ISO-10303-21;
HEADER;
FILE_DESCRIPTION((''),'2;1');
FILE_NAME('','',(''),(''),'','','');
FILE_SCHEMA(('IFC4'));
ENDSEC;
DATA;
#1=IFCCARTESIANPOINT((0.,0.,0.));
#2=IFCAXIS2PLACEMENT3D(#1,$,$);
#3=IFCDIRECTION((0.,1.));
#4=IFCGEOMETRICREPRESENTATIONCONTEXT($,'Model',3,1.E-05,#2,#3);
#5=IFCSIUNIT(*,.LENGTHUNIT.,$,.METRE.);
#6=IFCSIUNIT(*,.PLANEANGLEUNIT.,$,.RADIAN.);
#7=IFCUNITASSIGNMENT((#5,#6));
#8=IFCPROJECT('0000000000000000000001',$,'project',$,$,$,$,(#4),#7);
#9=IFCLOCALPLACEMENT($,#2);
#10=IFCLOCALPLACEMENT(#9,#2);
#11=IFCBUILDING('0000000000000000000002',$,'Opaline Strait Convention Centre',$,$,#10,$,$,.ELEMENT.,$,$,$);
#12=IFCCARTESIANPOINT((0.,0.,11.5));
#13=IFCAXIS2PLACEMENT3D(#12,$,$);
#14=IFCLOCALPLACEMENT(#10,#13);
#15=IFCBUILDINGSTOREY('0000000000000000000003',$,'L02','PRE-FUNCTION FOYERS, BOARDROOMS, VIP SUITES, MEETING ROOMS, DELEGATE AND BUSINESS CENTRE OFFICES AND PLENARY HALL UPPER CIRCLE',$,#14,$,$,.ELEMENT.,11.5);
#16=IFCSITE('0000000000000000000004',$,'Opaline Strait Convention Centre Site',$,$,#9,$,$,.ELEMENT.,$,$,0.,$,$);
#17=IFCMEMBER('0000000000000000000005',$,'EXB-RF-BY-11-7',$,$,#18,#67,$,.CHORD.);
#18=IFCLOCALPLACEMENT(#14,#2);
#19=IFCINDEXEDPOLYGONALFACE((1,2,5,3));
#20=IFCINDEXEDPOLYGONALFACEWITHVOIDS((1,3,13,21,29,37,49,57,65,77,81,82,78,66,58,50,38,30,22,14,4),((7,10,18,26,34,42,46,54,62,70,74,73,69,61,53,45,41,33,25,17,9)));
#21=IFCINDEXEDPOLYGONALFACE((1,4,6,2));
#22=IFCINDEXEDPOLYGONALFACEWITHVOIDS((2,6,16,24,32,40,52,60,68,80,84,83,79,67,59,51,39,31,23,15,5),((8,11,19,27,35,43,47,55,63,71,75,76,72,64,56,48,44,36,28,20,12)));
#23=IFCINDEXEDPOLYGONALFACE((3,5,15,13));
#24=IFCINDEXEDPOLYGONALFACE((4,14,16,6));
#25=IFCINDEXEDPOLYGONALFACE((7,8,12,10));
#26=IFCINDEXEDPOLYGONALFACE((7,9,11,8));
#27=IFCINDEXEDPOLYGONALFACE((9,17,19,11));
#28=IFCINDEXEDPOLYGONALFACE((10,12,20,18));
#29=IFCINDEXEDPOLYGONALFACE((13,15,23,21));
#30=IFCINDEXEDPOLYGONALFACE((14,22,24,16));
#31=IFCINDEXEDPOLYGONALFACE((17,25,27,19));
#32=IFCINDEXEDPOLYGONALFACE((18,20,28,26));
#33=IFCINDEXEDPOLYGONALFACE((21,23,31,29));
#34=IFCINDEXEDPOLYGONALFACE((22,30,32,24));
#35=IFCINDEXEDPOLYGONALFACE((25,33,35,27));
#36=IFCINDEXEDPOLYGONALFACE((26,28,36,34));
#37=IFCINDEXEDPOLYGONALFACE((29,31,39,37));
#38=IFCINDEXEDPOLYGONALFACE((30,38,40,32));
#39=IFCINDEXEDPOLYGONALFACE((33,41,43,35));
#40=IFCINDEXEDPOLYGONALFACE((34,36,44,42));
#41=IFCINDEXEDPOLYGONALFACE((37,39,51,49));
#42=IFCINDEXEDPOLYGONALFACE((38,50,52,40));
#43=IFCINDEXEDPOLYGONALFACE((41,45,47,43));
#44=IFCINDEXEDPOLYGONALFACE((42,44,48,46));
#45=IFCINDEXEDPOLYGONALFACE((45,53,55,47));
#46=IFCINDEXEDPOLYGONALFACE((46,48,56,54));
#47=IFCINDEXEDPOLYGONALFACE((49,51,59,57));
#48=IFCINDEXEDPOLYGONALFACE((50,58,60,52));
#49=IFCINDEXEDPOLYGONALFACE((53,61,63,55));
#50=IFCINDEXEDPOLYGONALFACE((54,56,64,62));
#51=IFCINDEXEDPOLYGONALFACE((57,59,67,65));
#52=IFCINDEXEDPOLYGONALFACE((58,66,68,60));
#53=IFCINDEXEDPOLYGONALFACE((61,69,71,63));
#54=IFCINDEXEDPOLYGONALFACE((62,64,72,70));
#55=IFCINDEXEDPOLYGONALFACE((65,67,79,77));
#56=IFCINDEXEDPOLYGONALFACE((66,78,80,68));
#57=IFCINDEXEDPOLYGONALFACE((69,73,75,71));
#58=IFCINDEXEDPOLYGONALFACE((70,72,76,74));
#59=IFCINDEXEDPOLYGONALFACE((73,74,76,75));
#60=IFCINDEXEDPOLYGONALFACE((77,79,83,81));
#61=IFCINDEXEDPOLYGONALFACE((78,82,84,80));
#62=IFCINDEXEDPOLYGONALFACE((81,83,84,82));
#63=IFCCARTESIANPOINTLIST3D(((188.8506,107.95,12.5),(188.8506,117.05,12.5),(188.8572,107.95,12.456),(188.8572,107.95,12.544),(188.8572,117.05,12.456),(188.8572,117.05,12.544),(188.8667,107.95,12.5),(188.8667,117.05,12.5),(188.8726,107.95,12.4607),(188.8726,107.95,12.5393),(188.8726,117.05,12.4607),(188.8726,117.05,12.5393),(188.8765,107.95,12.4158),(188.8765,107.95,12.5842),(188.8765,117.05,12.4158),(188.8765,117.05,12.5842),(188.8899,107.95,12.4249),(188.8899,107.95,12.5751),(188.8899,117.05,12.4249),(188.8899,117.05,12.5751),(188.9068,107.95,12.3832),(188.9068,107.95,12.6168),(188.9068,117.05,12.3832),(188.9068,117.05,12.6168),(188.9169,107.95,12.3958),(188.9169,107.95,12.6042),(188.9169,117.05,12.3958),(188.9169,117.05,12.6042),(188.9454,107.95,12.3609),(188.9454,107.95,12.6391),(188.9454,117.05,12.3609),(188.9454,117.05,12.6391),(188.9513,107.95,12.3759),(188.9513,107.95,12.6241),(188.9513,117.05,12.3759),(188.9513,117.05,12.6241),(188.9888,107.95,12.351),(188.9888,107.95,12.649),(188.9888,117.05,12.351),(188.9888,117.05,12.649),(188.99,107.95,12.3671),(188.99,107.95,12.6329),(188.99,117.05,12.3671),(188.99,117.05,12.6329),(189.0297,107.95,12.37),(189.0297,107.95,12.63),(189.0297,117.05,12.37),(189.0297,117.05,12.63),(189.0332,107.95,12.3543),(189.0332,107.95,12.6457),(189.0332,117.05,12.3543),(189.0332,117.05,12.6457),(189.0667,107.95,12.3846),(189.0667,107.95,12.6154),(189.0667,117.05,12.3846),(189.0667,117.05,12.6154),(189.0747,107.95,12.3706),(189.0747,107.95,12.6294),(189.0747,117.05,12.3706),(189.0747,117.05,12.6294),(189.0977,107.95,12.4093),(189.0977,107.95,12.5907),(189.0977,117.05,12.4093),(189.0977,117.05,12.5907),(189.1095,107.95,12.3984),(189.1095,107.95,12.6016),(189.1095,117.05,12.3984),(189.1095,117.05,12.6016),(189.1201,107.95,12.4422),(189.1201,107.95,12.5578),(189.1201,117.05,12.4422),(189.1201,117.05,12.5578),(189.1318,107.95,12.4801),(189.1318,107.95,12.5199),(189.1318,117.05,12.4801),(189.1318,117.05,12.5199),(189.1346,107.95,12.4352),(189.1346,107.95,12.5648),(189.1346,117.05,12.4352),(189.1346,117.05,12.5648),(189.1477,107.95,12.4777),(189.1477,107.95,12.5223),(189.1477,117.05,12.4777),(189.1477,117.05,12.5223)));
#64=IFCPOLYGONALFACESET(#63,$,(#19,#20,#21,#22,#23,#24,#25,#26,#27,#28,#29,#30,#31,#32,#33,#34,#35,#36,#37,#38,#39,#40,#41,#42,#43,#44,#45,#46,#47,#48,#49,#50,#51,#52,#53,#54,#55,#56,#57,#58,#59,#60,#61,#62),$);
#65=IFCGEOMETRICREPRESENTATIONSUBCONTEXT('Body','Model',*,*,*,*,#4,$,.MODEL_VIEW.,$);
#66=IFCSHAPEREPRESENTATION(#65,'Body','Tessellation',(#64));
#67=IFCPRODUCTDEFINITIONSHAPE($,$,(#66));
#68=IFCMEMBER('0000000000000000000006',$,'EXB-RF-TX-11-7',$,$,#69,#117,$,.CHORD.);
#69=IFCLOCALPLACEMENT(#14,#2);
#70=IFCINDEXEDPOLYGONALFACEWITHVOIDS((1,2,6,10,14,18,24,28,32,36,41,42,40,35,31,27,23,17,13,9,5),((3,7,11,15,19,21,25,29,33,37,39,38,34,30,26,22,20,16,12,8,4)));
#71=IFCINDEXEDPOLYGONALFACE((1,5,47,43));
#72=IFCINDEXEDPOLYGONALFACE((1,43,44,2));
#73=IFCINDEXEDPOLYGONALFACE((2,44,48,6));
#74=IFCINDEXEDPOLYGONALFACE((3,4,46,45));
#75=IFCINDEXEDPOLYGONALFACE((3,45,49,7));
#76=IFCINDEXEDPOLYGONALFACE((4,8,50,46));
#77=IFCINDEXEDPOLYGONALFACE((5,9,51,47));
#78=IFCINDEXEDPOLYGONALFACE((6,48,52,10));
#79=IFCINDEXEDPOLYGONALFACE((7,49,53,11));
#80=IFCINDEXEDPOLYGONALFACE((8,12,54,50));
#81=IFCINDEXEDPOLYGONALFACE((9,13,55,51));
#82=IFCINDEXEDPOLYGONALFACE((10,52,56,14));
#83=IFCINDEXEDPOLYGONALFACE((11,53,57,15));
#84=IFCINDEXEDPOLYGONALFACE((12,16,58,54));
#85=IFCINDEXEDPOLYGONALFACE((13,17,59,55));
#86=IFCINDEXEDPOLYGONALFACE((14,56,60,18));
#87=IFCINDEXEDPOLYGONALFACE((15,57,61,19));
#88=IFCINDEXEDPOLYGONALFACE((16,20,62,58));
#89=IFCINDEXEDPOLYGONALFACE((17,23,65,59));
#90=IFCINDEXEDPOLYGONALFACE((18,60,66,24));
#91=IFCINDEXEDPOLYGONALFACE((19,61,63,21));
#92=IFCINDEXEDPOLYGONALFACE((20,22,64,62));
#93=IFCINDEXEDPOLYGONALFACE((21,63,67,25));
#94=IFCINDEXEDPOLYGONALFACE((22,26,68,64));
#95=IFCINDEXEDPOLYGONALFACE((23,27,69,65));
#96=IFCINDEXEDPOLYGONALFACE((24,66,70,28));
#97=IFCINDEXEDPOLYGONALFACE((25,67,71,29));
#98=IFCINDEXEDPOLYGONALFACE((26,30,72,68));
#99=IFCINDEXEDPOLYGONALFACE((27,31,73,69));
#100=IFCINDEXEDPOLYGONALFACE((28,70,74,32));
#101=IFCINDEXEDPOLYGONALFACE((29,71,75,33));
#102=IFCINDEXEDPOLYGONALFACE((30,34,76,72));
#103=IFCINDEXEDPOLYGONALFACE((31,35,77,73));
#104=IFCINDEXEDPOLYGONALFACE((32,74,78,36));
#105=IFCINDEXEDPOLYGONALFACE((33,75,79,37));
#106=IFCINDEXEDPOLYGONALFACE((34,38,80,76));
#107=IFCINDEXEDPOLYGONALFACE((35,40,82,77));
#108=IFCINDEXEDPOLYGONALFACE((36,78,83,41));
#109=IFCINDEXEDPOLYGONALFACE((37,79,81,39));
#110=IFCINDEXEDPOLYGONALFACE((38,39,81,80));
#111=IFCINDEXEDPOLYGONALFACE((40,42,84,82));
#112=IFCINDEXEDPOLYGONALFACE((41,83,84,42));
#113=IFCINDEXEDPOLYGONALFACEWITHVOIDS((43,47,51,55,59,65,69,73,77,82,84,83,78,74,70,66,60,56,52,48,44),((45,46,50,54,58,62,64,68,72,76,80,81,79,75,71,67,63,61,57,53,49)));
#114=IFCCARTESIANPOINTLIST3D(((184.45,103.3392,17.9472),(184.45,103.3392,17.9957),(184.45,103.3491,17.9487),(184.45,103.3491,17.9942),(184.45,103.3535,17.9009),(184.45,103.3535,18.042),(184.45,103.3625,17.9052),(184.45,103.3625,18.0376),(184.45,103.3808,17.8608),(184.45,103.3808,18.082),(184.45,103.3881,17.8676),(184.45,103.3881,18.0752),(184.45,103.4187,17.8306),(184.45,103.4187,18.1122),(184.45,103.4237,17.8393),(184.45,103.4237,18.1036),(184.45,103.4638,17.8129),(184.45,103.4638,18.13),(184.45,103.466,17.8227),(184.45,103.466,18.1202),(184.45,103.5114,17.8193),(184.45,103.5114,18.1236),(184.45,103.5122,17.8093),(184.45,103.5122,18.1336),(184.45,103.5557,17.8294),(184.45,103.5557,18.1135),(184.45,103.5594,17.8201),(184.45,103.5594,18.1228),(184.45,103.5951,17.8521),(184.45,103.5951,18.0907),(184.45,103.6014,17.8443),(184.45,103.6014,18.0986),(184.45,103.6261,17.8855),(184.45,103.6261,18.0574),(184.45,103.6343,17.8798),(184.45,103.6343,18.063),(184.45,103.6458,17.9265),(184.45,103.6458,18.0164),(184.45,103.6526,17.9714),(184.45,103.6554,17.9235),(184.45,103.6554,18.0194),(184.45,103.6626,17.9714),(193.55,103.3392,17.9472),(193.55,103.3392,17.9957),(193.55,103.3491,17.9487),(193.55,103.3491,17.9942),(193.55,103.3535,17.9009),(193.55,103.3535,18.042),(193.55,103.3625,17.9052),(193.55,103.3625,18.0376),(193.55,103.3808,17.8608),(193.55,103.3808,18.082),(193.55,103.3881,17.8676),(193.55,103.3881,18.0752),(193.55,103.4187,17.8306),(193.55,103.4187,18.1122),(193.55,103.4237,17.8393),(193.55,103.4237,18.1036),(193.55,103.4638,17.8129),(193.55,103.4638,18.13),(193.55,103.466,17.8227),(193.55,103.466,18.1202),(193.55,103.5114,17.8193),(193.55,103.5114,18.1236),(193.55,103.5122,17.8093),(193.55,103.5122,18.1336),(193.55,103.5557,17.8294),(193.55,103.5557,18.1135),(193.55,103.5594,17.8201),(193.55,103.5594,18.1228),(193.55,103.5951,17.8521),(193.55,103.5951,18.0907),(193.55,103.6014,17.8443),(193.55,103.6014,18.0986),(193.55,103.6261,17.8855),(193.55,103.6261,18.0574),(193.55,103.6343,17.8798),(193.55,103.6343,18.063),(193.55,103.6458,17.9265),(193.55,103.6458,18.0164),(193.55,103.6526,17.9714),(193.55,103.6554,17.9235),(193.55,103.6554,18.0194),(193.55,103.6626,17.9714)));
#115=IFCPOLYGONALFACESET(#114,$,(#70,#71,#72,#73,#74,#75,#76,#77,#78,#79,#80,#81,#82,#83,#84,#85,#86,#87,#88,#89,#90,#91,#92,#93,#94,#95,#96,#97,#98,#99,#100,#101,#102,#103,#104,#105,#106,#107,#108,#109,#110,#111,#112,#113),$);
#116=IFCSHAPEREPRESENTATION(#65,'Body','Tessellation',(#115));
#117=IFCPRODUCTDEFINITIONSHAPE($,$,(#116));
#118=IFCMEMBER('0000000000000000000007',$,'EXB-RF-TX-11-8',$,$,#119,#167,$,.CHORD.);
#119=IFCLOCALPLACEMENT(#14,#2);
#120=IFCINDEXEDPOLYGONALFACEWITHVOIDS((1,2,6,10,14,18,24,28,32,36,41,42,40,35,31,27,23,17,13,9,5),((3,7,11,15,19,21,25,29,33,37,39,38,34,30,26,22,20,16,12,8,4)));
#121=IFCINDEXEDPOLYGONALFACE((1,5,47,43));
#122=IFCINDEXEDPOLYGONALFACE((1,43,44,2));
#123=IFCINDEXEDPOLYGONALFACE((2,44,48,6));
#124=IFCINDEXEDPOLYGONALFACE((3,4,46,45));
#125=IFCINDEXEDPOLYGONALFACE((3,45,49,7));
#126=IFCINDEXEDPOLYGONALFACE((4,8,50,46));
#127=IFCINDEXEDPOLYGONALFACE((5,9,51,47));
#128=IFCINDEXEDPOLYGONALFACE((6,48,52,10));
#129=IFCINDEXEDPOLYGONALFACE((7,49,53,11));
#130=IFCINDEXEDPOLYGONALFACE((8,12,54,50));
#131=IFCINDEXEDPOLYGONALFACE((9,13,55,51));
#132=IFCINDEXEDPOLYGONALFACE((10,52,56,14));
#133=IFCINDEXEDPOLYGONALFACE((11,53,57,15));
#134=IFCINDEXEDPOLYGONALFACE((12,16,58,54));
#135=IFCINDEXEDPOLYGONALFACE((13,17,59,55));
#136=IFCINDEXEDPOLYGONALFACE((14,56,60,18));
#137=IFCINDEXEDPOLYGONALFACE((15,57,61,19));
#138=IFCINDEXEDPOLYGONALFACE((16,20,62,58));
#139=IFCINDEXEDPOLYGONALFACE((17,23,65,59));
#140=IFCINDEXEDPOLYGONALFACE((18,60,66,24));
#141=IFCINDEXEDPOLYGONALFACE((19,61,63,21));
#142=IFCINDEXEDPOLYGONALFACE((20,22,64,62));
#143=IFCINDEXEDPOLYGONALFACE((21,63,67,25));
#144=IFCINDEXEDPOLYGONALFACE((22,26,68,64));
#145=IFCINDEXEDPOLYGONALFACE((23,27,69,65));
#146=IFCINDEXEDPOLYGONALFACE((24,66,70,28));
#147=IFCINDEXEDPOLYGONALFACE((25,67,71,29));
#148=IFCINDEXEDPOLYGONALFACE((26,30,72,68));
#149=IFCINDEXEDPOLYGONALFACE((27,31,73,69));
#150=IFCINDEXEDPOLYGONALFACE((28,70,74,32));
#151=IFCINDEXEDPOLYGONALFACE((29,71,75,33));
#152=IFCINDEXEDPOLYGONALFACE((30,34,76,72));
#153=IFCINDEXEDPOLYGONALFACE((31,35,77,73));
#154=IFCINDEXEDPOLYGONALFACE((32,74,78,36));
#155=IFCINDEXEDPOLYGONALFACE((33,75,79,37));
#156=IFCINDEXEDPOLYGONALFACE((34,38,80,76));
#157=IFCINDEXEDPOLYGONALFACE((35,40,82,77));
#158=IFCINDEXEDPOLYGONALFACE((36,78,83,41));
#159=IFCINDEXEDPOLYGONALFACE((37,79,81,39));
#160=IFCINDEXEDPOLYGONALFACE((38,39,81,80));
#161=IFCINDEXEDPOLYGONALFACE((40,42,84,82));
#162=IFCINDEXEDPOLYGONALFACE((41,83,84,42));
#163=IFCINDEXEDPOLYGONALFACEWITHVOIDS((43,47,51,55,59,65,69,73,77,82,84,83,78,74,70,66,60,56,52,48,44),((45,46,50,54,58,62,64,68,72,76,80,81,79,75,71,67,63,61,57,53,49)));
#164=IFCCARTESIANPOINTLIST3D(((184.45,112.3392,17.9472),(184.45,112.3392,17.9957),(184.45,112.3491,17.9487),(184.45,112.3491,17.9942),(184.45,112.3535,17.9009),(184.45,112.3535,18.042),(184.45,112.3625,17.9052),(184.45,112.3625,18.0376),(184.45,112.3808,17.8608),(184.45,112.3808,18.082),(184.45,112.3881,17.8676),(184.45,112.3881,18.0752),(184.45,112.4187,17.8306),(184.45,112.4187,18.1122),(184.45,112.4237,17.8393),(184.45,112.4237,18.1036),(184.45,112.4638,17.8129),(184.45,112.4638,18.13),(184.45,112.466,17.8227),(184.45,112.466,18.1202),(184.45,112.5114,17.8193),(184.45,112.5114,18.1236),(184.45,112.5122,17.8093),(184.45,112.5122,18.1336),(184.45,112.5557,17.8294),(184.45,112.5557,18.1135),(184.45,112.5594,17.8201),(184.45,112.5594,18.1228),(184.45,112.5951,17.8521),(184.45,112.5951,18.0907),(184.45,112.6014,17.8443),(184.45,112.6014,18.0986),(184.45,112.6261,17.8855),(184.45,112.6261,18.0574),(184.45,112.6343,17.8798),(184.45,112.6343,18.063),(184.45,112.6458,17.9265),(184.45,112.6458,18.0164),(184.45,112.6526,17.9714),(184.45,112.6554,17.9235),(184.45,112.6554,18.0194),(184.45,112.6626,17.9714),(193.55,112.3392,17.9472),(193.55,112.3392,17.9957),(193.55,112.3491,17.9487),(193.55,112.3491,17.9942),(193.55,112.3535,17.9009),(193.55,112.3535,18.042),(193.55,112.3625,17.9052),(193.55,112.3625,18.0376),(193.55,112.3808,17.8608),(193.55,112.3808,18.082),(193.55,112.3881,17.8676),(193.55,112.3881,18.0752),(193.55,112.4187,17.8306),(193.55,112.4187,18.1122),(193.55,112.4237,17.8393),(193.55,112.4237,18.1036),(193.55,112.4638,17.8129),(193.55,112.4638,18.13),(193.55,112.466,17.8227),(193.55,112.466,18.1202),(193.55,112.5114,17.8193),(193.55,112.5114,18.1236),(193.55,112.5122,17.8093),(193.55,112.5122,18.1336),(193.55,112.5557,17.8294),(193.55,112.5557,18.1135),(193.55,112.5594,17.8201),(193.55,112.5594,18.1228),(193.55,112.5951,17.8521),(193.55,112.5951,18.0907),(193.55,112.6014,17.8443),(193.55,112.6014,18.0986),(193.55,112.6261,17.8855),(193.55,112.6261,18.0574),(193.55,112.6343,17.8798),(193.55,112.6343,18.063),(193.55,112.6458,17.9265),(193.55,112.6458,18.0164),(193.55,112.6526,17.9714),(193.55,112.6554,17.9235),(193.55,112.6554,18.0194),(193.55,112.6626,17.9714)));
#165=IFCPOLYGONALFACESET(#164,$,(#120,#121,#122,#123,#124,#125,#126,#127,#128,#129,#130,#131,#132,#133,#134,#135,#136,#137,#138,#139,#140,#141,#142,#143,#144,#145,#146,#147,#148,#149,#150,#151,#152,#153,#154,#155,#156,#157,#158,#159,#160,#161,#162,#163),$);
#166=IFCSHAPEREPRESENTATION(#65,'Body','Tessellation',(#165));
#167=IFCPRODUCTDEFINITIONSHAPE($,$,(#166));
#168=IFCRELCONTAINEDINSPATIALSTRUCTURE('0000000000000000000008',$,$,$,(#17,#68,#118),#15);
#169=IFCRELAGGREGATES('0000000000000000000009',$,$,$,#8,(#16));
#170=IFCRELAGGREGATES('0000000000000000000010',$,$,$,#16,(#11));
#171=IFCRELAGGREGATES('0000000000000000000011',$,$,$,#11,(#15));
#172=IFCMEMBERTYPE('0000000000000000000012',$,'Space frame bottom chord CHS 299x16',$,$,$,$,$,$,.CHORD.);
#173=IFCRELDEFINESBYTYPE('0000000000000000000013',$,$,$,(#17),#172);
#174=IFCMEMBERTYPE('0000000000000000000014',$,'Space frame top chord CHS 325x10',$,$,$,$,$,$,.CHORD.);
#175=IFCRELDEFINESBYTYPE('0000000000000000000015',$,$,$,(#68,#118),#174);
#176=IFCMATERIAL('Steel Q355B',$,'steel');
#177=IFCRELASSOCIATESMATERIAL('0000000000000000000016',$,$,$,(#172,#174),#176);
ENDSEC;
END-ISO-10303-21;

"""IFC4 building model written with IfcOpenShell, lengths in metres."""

from ifc_helpers import new_model, si_unit, direction, frame, origin, origin_2d, place, context, subcontext, project, spatial, hollow_circle, extrude, material, material_profile, profile_set, type_object, element, save


model = new_model("IFC4")

# Units and contexts
model_context = context("Model", 3, precision=1e-05, world=origin(), true_north=direction((0.0, 1.0)))
body_context = subcontext(model_context, "Body", "Model", "MODEL_VIEW")
ifc_project = project(units=[si_unit("LENGTHUNIT", "METRE"), si_unit("PLANEANGLEUNIT", "RADIAN")], contexts=[model_context])

# Site, building, storey
site_placement = place(None, origin())
site = spatial("IfcSite", under=ifc_project, at=site_placement, Name="Opaline Strait Convention Centre Site", CompositionType="ELEMENT", RefElevation=0.0)
building_placement = place(site_placement, origin())
building = spatial("IfcBuilding", under=site, at=building_placement, Name="Opaline Strait Convention Centre", CompositionType="ELEMENT")
storey_placement = place(building_placement, frame((0.0, 0.0, 11.5)))
storey = spatial("IfcBuildingStorey", under=building, at=storey_placement, Name="L02", Description="PRE-FUNCTION FOYERS, BOARDROOMS, VIP SUITES, MEETING ROOMS, DELEGATE AND BUSINESS CENTRE OFFICES AND PLENARY HALL UPPER CIRCLE", CompositionType="ELEMENT", Elevation=11.5)

# Members
ifc_material = material(Name="Steel Q355B", Category="steel")
ifc_material_profile_1 = material_profile(ifc_material, hollow_circle(Radius=0.1494, WallThickness=0.0161, at=origin_2d()), Name="CHS 299x16")
ifc_profile_set_1 = profile_set([ifc_material_profile_1], Name="Steel Q355B")
member_type_1 = type_object("IfcMemberType", Name="Space frame bottom chord CHS 299x16", PredefinedType="CHORD", material=ifc_profile_set_1)
for number, where, z_axis, x_axis, name in (
    (1, (189.0, 107.95, 12.5), (0.0, 1.0, 0.0), (-1.0, 0.0, 0.0), "EXB-RF-BY-11-7"),
):
    element("IfcMember", number, at=place(storey_placement, frame(where, z_axis=z_axis, x_axis=x_axis)), inside=storey, type_object=member_type_1, Name=name, PredefinedType="CHORD", context=body_context, shape_type="SweptSolid", body=[
        extrude(hollow_circle(Radius=0.1494, WallThickness=0.0161, at=origin_2d()), origin(), (0.0, 0.0, 1.0), 9.1001),
    ])
ifc_material_profile_2 = material_profile(ifc_material, hollow_circle(Radius=0.1626, WallThickness=0.01, at=origin_2d()), Name="CHS 325x10")
ifc_profile_set_2 = profile_set([ifc_material_profile_2], Name="Steel Q355B")
member_type_2 = type_object("IfcMemberType", Name="Space frame top chord CHS 325x10", PredefinedType="CHORD", material=ifc_profile_set_2)
for number, where, z_axis, x_axis, name in (
    (2, (184.45, 103.5, 17.9714), (1.0, 0.0, 0.0), (0.0, 1.0, 0.0), "EXB-RF-TX-11-7"),
    (3, (184.45, 112.5, 17.9714), (1.0, 0.0, 0.0), (0.0, 1.0, 0.0), "EXB-RF-TX-11-8"),
):
    element("IfcMember", number, at=place(storey_placement, frame(where, z_axis=z_axis, x_axis=x_axis)), inside=storey, type_object=member_type_2, Name=name, PredefinedType="CHORD", context=body_context, shape_type="SweptSolid", body=[
        extrude(hollow_circle(Radius=0.1626, WallThickness=0.01, at=origin_2d()), origin(), (0.0, 0.0, 1.0), 9.1001),
    ])

save(model, "model.ifc")
